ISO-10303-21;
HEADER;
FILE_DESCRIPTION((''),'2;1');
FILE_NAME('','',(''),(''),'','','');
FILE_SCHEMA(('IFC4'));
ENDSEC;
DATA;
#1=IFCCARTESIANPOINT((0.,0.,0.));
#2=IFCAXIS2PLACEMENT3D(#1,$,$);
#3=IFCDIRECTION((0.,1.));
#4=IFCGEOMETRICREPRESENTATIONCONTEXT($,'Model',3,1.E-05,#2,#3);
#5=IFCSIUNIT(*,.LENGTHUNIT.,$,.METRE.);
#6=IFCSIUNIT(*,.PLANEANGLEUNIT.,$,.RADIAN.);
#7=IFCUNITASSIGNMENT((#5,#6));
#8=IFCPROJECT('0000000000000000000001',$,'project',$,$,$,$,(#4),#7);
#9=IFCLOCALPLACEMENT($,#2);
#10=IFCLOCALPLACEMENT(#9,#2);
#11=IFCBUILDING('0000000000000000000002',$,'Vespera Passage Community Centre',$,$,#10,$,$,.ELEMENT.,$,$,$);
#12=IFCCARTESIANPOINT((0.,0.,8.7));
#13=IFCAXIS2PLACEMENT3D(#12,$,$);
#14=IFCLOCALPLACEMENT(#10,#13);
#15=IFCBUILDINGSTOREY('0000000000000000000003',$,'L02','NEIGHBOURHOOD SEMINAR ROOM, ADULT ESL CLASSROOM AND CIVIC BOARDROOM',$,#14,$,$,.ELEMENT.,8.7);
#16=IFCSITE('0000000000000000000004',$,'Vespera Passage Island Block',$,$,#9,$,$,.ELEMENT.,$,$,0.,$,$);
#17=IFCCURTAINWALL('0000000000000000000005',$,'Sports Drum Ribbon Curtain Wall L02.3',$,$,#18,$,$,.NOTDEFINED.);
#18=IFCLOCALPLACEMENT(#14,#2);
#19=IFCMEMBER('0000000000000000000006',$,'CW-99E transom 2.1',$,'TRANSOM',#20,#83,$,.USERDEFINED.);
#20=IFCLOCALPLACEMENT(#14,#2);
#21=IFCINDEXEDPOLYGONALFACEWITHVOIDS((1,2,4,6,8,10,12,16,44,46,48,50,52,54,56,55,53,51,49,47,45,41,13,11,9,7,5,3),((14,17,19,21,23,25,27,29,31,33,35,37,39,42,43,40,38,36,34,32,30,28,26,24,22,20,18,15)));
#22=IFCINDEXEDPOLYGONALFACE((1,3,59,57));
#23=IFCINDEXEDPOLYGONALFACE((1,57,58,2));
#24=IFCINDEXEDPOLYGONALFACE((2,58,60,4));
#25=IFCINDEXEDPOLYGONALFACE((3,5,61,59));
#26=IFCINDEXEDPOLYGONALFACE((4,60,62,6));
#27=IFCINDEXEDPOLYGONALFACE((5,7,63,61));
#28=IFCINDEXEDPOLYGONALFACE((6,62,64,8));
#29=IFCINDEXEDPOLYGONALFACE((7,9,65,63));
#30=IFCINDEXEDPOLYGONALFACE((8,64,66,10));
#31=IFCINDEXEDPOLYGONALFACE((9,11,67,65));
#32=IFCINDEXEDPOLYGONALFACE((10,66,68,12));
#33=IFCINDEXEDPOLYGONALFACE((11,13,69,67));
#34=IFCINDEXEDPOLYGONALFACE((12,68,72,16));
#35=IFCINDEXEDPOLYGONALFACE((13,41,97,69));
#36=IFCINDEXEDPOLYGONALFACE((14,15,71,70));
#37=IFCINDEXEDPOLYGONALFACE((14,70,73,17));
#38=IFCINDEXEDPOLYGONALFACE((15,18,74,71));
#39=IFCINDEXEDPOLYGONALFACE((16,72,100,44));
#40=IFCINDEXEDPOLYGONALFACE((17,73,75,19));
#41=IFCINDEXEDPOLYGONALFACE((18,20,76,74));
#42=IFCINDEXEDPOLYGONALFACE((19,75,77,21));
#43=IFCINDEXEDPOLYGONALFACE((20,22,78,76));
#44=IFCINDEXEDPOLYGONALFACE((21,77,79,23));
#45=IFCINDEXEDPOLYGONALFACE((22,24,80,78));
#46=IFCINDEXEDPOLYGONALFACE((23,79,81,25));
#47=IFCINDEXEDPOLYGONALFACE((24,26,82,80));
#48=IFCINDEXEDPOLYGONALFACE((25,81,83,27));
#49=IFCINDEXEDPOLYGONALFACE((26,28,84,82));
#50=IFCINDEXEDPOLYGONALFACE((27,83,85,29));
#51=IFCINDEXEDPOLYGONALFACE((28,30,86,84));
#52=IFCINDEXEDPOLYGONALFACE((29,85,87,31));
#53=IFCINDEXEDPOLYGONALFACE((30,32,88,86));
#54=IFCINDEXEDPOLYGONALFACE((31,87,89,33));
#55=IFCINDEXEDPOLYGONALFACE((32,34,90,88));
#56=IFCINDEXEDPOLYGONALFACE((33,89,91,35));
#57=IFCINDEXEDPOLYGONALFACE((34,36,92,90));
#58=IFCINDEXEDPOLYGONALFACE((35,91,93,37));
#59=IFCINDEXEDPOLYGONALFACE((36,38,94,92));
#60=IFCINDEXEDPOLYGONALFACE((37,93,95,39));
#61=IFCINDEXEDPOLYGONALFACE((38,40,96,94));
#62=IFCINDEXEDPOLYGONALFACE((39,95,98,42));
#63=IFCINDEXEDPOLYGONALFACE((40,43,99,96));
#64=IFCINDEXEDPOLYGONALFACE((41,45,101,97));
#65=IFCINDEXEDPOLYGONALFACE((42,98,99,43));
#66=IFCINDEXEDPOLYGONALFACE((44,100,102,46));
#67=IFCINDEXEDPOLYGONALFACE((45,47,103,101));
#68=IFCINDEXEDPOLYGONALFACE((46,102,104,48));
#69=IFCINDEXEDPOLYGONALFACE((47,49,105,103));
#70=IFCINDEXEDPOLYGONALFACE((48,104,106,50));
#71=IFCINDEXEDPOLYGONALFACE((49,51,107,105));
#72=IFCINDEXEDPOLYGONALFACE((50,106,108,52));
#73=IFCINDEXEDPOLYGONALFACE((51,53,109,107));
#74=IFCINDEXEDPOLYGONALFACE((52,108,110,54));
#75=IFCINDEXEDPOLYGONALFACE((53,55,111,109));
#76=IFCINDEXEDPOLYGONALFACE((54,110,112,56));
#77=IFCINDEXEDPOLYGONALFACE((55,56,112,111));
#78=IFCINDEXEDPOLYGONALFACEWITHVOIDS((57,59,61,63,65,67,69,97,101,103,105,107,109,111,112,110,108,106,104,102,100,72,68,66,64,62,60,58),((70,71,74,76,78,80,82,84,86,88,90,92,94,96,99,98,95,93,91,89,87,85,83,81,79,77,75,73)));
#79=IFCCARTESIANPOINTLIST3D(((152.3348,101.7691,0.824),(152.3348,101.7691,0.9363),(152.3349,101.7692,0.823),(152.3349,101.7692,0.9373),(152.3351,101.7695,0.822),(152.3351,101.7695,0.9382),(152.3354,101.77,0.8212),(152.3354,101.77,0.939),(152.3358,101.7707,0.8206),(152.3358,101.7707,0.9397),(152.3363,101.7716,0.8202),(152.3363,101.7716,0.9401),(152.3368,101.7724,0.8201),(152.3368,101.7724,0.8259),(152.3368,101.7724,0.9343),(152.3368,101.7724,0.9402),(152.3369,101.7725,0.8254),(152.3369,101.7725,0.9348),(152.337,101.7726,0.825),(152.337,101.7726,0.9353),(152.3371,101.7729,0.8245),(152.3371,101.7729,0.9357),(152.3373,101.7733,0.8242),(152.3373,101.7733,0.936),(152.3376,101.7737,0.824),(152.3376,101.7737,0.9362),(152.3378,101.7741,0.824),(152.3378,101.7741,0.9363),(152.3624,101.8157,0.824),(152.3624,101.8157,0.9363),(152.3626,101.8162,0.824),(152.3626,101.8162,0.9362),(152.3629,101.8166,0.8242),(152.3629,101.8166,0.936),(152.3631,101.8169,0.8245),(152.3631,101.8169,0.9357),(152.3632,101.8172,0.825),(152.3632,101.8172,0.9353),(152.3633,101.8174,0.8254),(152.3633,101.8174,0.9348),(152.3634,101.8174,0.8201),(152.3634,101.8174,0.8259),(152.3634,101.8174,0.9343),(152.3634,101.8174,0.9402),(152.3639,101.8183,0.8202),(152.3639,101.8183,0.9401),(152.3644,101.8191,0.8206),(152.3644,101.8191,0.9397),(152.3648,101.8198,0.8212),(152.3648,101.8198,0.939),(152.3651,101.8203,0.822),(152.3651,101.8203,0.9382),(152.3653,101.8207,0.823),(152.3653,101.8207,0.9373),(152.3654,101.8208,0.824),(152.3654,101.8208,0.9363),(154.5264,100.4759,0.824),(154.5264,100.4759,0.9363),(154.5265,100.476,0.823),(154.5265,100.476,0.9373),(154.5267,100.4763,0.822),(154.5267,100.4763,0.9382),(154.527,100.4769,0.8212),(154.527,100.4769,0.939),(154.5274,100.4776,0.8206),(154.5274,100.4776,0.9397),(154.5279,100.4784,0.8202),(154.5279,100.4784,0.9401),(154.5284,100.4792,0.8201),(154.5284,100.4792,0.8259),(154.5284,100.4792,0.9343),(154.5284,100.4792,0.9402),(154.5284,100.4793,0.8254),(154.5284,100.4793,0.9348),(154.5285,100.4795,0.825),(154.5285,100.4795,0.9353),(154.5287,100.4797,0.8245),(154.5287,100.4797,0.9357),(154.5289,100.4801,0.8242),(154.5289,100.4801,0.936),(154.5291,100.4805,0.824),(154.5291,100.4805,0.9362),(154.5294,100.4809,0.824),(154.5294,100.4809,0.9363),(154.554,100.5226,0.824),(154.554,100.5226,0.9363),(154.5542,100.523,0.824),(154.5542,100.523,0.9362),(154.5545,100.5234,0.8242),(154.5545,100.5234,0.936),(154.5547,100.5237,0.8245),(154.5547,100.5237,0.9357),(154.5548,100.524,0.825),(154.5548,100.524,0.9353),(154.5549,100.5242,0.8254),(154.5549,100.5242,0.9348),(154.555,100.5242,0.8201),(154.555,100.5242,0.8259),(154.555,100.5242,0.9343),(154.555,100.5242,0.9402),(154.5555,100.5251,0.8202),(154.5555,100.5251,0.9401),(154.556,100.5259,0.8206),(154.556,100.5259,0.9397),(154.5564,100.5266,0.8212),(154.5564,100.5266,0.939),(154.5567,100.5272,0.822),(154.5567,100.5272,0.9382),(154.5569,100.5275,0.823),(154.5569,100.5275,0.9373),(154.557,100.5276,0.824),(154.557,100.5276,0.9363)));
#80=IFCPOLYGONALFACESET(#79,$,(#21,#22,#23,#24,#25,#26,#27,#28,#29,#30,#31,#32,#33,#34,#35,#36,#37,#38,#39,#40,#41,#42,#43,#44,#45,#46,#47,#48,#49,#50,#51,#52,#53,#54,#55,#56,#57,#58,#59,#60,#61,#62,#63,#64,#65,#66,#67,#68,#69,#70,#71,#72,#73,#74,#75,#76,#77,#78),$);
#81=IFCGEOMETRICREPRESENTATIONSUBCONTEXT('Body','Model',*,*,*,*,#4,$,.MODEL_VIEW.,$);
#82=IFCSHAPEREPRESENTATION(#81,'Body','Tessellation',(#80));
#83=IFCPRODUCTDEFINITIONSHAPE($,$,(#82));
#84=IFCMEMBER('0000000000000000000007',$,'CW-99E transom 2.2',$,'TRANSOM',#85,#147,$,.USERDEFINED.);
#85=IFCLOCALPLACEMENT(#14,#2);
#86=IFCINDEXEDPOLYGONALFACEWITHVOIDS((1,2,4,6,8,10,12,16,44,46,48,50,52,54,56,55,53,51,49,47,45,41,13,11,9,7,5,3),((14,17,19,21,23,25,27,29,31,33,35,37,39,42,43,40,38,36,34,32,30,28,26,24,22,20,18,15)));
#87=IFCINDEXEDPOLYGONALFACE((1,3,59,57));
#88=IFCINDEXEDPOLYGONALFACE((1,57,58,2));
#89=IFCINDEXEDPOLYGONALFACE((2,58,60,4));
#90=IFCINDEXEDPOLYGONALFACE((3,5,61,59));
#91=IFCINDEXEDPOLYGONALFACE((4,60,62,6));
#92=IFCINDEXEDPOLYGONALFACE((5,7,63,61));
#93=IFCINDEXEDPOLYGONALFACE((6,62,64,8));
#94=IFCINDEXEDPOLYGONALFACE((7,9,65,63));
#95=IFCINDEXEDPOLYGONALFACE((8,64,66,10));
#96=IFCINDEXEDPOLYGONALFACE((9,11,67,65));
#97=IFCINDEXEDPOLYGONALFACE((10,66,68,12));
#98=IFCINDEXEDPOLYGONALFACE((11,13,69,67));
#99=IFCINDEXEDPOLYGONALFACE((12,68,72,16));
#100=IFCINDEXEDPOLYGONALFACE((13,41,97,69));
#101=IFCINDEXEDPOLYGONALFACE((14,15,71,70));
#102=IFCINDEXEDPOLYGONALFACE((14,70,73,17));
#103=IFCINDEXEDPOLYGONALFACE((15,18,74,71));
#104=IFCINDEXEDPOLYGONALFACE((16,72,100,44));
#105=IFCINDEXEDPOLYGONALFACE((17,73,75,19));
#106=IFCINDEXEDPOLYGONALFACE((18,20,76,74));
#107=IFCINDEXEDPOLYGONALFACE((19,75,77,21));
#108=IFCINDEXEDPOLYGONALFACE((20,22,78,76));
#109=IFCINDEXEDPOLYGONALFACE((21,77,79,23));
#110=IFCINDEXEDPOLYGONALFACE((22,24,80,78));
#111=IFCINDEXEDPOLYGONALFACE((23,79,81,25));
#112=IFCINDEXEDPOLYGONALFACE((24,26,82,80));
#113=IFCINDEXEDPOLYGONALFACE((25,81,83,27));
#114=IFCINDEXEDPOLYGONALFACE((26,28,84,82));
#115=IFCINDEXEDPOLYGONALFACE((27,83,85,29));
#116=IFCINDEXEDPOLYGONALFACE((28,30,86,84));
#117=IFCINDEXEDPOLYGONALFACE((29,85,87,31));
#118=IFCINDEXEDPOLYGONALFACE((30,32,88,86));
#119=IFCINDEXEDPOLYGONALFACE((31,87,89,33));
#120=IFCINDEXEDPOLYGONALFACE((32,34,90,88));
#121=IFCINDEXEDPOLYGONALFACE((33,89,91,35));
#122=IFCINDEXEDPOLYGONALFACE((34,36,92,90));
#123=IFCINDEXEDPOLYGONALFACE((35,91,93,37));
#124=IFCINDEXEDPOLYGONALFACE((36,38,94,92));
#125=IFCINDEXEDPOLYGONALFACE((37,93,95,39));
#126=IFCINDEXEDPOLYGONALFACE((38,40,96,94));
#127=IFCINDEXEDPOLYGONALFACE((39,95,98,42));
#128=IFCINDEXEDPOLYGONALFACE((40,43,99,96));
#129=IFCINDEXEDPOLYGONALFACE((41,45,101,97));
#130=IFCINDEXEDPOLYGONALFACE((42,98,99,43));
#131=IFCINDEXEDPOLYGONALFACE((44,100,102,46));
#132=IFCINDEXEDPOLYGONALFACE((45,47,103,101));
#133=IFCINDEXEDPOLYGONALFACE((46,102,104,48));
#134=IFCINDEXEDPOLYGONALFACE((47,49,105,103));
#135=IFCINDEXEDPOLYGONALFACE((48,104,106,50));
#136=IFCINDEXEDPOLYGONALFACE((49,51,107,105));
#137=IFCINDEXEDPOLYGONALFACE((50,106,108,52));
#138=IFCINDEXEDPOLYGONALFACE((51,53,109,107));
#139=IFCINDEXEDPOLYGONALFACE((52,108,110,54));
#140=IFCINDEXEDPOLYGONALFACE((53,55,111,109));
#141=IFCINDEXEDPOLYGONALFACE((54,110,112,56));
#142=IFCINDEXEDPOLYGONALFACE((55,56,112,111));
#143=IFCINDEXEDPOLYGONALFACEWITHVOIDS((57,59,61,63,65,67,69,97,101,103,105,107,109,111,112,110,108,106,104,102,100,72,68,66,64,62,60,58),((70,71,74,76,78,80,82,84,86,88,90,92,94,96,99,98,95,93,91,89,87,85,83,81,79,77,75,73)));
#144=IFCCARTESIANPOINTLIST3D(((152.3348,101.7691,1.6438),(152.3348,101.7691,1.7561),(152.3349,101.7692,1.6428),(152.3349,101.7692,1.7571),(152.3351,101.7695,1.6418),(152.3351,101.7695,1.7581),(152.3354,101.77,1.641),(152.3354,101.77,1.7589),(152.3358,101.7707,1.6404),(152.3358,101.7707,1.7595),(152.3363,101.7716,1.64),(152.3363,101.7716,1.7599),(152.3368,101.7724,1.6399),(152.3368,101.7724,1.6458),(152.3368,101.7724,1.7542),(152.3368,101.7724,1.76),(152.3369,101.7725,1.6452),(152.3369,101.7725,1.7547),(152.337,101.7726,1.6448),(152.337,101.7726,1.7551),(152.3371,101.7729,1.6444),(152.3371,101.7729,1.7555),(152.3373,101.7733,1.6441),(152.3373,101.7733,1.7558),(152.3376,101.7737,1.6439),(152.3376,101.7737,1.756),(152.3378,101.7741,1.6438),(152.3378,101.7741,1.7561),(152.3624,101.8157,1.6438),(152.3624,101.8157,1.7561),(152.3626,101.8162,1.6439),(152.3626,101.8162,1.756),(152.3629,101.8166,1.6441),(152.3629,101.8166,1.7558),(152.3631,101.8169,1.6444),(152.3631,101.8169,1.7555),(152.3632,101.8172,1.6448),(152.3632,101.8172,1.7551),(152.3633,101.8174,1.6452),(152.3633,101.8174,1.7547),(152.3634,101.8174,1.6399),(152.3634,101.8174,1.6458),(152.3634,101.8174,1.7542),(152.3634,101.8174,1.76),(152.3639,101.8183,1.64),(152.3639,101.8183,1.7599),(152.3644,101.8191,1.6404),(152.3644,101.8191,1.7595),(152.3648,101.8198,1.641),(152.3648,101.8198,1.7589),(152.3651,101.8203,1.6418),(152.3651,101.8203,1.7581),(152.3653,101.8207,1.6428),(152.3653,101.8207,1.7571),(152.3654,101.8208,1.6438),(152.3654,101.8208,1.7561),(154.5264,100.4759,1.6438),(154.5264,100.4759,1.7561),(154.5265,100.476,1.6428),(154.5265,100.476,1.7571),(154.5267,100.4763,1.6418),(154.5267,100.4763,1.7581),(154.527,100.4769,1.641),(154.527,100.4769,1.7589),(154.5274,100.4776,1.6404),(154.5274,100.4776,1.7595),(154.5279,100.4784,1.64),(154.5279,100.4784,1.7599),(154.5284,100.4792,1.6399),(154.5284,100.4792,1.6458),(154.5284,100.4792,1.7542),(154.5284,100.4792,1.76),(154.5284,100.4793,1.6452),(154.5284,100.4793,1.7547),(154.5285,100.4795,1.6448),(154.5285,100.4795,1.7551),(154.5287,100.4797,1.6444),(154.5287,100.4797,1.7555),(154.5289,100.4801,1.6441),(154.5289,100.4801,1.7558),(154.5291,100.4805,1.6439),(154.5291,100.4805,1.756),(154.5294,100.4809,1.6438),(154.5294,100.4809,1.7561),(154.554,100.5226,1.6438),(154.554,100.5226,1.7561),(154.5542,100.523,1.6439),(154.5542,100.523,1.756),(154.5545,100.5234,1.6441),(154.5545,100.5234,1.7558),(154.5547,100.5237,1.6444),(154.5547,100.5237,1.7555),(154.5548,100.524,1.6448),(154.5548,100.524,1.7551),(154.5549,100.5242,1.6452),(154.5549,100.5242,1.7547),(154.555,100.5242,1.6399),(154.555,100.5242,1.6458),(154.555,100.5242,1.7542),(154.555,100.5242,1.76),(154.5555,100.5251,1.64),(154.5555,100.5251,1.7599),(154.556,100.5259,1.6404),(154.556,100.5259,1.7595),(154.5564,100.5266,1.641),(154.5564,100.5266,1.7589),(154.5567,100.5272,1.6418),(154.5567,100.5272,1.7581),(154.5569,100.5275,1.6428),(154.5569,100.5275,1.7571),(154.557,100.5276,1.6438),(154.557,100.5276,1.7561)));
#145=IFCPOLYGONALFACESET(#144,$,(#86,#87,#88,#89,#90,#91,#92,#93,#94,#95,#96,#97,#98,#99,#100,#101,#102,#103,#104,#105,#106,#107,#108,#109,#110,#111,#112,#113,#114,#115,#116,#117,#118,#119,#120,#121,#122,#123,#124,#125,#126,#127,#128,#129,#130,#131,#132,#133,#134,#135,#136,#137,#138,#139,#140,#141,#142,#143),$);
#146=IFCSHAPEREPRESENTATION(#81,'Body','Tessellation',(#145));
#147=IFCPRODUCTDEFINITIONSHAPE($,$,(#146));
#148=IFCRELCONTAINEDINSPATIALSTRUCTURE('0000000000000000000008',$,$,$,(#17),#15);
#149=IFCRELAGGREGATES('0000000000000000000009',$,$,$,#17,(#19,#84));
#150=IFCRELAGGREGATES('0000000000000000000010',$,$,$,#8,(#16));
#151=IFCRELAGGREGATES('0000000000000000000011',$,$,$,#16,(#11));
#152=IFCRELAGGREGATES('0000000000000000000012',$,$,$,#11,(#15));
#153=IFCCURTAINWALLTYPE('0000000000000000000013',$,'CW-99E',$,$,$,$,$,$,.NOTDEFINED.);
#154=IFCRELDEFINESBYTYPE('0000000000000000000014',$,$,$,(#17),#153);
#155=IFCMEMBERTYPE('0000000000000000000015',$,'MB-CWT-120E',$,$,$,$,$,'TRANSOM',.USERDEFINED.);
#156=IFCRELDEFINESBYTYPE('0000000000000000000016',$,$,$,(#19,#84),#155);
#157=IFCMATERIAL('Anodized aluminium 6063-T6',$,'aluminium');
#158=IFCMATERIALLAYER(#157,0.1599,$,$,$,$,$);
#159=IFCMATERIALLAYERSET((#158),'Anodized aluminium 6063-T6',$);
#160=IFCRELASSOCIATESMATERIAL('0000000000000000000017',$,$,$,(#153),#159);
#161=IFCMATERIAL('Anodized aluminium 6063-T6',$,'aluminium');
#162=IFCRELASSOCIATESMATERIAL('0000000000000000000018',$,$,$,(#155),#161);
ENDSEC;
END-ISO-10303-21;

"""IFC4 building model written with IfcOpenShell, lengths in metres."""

from ifc_helpers import new_model, si_unit, direction, frame, origin, origin_2d, place, context, subcontext, project, spatial, hollow_rectangle, extrude, material, layer, layer_set, material_profile, profile_set, type_object, element, aggregate, save


model = new_model("IFC4")

# Units and contexts
model_context = context("Model", 3, precision=1e-05, world=origin(), true_north=direction((0.0, 1.0)))
body_context = subcontext(model_context, "Body", "Model", "MODEL_VIEW")
ifc_project = project(units=[si_unit("LENGTHUNIT", "METRE"), si_unit("PLANEANGLEUNIT", "RADIAN")], contexts=[model_context])

# Site, building, storey
site_placement = place(None, origin())
site = spatial("IfcSite", under=ifc_project, at=site_placement, Name="Vespera Passage Island Block", CompositionType="ELEMENT", RefElevation=0.0)
building_placement = place(site_placement, origin())
building = spatial("IfcBuilding", under=site, at=building_placement, Name="Vespera Passage Community Centre", CompositionType="ELEMENT")
storey_placement = place(building_placement, frame((0.0, 0.0, 8.7)))
storey = spatial("IfcBuildingStorey", under=building, at=storey_placement, Name="L02", Description="NEIGHBOURHOOD SEMINAR ROOM, ADULT ESL CLASSROOM AND CIVIC BOARDROOM", CompositionType="ELEMENT", Elevation=8.7)

# Curtain wall
ifc_material_1 = material(Name="Anodized aluminium 6063-T6", Category="aluminium")
ifc_layer_1 = layer(ifc_material_1, 0.1599)
ifc_layer_set_1 = layer_set([ifc_layer_1], Name="Anodized aluminium 6063-T6")
curtain_wall_type_1 = type_object("IfcCurtainWallType", Name="CW-99E", PredefinedType="NOTDEFINED", material=ifc_layer_set_1)
curtain_wall_1_placement = place(storey_placement, origin())
curtain_wall_1 = element("IfcCurtainWall", 1, at=curtain_wall_1_placement, inside=storey, type_object=curtain_wall_type_1, Name="Sports Drum Ribbon Curtain Wall L02.3", PredefinedType="NOTDEFINED")

# Members
ifc_material_2 = material(Name="Anodized aluminium 6063-T6", Category="aluminium")
ifc_material_profile_1 = material_profile(ifc_material_2, hollow_rectangle(XDim=0.0601, YDim=0.1201, WallThickness=0.0039, InnerFilletRadius=0.002, OuterFilletRadius=0.0039, at=origin_2d()), Name="ALU120X60X4")
ifc_profile_set_1 = profile_set([ifc_material_profile_1], Name="Anodized aluminium 6063-T6")
member_type_1 = type_object("IfcMemberType", Name="MB-CWT-120E", ElementType="TRANSOM", PredefinedType="USERDEFINED", material=ifc_profile_set_1)
member_1_placement = place(storey_placement, frame((152.3501, 101.7949, 0.8801), z_axis=(0.861245, -0.508189, 0.0), x_axis=(0.508189, 0.861245, 0.0)))
member_1 = element("IfcMember", 2, at=member_1_placement, type_object=member_type_1, Name="CW-99E transom 2.1", ObjectType="TRANSOM", PredefinedType="USERDEFINED", context=body_context, shape_type="SweptSolid", body=[
    extrude(hollow_rectangle(XDim=0.0601, YDim=0.1201, WallThickness=0.0039, InnerFilletRadius=0.002, OuterFilletRadius=0.0039, at=origin_2d()), origin(), (0.0, 0.0, 1.0), 2.5447),
])
member_2_placement = place(storey_placement, frame((152.3501, 101.7949, 1.7), z_axis=(0.861245, -0.508189, 0.0), x_axis=(0.508189, 0.861245, 0.0)))
member_2 = element("IfcMember", 3, at=member_2_placement, type_object=member_type_1, Name="CW-99E transom 2.2", ObjectType="TRANSOM", PredefinedType="USERDEFINED", context=body_context, shape_type="SweptSolid", body=[
    extrude(hollow_rectangle(XDim=0.0601, YDim=0.1201, WallThickness=0.0039, InnerFilletRadius=0.002, OuterFilletRadius=0.0039, at=origin_2d()), origin(), (0.0, 0.0, 1.0), 2.5447),
])

aggregate(curtain_wall_1, [member_1, member_2])

save(model, "model.ifc")
